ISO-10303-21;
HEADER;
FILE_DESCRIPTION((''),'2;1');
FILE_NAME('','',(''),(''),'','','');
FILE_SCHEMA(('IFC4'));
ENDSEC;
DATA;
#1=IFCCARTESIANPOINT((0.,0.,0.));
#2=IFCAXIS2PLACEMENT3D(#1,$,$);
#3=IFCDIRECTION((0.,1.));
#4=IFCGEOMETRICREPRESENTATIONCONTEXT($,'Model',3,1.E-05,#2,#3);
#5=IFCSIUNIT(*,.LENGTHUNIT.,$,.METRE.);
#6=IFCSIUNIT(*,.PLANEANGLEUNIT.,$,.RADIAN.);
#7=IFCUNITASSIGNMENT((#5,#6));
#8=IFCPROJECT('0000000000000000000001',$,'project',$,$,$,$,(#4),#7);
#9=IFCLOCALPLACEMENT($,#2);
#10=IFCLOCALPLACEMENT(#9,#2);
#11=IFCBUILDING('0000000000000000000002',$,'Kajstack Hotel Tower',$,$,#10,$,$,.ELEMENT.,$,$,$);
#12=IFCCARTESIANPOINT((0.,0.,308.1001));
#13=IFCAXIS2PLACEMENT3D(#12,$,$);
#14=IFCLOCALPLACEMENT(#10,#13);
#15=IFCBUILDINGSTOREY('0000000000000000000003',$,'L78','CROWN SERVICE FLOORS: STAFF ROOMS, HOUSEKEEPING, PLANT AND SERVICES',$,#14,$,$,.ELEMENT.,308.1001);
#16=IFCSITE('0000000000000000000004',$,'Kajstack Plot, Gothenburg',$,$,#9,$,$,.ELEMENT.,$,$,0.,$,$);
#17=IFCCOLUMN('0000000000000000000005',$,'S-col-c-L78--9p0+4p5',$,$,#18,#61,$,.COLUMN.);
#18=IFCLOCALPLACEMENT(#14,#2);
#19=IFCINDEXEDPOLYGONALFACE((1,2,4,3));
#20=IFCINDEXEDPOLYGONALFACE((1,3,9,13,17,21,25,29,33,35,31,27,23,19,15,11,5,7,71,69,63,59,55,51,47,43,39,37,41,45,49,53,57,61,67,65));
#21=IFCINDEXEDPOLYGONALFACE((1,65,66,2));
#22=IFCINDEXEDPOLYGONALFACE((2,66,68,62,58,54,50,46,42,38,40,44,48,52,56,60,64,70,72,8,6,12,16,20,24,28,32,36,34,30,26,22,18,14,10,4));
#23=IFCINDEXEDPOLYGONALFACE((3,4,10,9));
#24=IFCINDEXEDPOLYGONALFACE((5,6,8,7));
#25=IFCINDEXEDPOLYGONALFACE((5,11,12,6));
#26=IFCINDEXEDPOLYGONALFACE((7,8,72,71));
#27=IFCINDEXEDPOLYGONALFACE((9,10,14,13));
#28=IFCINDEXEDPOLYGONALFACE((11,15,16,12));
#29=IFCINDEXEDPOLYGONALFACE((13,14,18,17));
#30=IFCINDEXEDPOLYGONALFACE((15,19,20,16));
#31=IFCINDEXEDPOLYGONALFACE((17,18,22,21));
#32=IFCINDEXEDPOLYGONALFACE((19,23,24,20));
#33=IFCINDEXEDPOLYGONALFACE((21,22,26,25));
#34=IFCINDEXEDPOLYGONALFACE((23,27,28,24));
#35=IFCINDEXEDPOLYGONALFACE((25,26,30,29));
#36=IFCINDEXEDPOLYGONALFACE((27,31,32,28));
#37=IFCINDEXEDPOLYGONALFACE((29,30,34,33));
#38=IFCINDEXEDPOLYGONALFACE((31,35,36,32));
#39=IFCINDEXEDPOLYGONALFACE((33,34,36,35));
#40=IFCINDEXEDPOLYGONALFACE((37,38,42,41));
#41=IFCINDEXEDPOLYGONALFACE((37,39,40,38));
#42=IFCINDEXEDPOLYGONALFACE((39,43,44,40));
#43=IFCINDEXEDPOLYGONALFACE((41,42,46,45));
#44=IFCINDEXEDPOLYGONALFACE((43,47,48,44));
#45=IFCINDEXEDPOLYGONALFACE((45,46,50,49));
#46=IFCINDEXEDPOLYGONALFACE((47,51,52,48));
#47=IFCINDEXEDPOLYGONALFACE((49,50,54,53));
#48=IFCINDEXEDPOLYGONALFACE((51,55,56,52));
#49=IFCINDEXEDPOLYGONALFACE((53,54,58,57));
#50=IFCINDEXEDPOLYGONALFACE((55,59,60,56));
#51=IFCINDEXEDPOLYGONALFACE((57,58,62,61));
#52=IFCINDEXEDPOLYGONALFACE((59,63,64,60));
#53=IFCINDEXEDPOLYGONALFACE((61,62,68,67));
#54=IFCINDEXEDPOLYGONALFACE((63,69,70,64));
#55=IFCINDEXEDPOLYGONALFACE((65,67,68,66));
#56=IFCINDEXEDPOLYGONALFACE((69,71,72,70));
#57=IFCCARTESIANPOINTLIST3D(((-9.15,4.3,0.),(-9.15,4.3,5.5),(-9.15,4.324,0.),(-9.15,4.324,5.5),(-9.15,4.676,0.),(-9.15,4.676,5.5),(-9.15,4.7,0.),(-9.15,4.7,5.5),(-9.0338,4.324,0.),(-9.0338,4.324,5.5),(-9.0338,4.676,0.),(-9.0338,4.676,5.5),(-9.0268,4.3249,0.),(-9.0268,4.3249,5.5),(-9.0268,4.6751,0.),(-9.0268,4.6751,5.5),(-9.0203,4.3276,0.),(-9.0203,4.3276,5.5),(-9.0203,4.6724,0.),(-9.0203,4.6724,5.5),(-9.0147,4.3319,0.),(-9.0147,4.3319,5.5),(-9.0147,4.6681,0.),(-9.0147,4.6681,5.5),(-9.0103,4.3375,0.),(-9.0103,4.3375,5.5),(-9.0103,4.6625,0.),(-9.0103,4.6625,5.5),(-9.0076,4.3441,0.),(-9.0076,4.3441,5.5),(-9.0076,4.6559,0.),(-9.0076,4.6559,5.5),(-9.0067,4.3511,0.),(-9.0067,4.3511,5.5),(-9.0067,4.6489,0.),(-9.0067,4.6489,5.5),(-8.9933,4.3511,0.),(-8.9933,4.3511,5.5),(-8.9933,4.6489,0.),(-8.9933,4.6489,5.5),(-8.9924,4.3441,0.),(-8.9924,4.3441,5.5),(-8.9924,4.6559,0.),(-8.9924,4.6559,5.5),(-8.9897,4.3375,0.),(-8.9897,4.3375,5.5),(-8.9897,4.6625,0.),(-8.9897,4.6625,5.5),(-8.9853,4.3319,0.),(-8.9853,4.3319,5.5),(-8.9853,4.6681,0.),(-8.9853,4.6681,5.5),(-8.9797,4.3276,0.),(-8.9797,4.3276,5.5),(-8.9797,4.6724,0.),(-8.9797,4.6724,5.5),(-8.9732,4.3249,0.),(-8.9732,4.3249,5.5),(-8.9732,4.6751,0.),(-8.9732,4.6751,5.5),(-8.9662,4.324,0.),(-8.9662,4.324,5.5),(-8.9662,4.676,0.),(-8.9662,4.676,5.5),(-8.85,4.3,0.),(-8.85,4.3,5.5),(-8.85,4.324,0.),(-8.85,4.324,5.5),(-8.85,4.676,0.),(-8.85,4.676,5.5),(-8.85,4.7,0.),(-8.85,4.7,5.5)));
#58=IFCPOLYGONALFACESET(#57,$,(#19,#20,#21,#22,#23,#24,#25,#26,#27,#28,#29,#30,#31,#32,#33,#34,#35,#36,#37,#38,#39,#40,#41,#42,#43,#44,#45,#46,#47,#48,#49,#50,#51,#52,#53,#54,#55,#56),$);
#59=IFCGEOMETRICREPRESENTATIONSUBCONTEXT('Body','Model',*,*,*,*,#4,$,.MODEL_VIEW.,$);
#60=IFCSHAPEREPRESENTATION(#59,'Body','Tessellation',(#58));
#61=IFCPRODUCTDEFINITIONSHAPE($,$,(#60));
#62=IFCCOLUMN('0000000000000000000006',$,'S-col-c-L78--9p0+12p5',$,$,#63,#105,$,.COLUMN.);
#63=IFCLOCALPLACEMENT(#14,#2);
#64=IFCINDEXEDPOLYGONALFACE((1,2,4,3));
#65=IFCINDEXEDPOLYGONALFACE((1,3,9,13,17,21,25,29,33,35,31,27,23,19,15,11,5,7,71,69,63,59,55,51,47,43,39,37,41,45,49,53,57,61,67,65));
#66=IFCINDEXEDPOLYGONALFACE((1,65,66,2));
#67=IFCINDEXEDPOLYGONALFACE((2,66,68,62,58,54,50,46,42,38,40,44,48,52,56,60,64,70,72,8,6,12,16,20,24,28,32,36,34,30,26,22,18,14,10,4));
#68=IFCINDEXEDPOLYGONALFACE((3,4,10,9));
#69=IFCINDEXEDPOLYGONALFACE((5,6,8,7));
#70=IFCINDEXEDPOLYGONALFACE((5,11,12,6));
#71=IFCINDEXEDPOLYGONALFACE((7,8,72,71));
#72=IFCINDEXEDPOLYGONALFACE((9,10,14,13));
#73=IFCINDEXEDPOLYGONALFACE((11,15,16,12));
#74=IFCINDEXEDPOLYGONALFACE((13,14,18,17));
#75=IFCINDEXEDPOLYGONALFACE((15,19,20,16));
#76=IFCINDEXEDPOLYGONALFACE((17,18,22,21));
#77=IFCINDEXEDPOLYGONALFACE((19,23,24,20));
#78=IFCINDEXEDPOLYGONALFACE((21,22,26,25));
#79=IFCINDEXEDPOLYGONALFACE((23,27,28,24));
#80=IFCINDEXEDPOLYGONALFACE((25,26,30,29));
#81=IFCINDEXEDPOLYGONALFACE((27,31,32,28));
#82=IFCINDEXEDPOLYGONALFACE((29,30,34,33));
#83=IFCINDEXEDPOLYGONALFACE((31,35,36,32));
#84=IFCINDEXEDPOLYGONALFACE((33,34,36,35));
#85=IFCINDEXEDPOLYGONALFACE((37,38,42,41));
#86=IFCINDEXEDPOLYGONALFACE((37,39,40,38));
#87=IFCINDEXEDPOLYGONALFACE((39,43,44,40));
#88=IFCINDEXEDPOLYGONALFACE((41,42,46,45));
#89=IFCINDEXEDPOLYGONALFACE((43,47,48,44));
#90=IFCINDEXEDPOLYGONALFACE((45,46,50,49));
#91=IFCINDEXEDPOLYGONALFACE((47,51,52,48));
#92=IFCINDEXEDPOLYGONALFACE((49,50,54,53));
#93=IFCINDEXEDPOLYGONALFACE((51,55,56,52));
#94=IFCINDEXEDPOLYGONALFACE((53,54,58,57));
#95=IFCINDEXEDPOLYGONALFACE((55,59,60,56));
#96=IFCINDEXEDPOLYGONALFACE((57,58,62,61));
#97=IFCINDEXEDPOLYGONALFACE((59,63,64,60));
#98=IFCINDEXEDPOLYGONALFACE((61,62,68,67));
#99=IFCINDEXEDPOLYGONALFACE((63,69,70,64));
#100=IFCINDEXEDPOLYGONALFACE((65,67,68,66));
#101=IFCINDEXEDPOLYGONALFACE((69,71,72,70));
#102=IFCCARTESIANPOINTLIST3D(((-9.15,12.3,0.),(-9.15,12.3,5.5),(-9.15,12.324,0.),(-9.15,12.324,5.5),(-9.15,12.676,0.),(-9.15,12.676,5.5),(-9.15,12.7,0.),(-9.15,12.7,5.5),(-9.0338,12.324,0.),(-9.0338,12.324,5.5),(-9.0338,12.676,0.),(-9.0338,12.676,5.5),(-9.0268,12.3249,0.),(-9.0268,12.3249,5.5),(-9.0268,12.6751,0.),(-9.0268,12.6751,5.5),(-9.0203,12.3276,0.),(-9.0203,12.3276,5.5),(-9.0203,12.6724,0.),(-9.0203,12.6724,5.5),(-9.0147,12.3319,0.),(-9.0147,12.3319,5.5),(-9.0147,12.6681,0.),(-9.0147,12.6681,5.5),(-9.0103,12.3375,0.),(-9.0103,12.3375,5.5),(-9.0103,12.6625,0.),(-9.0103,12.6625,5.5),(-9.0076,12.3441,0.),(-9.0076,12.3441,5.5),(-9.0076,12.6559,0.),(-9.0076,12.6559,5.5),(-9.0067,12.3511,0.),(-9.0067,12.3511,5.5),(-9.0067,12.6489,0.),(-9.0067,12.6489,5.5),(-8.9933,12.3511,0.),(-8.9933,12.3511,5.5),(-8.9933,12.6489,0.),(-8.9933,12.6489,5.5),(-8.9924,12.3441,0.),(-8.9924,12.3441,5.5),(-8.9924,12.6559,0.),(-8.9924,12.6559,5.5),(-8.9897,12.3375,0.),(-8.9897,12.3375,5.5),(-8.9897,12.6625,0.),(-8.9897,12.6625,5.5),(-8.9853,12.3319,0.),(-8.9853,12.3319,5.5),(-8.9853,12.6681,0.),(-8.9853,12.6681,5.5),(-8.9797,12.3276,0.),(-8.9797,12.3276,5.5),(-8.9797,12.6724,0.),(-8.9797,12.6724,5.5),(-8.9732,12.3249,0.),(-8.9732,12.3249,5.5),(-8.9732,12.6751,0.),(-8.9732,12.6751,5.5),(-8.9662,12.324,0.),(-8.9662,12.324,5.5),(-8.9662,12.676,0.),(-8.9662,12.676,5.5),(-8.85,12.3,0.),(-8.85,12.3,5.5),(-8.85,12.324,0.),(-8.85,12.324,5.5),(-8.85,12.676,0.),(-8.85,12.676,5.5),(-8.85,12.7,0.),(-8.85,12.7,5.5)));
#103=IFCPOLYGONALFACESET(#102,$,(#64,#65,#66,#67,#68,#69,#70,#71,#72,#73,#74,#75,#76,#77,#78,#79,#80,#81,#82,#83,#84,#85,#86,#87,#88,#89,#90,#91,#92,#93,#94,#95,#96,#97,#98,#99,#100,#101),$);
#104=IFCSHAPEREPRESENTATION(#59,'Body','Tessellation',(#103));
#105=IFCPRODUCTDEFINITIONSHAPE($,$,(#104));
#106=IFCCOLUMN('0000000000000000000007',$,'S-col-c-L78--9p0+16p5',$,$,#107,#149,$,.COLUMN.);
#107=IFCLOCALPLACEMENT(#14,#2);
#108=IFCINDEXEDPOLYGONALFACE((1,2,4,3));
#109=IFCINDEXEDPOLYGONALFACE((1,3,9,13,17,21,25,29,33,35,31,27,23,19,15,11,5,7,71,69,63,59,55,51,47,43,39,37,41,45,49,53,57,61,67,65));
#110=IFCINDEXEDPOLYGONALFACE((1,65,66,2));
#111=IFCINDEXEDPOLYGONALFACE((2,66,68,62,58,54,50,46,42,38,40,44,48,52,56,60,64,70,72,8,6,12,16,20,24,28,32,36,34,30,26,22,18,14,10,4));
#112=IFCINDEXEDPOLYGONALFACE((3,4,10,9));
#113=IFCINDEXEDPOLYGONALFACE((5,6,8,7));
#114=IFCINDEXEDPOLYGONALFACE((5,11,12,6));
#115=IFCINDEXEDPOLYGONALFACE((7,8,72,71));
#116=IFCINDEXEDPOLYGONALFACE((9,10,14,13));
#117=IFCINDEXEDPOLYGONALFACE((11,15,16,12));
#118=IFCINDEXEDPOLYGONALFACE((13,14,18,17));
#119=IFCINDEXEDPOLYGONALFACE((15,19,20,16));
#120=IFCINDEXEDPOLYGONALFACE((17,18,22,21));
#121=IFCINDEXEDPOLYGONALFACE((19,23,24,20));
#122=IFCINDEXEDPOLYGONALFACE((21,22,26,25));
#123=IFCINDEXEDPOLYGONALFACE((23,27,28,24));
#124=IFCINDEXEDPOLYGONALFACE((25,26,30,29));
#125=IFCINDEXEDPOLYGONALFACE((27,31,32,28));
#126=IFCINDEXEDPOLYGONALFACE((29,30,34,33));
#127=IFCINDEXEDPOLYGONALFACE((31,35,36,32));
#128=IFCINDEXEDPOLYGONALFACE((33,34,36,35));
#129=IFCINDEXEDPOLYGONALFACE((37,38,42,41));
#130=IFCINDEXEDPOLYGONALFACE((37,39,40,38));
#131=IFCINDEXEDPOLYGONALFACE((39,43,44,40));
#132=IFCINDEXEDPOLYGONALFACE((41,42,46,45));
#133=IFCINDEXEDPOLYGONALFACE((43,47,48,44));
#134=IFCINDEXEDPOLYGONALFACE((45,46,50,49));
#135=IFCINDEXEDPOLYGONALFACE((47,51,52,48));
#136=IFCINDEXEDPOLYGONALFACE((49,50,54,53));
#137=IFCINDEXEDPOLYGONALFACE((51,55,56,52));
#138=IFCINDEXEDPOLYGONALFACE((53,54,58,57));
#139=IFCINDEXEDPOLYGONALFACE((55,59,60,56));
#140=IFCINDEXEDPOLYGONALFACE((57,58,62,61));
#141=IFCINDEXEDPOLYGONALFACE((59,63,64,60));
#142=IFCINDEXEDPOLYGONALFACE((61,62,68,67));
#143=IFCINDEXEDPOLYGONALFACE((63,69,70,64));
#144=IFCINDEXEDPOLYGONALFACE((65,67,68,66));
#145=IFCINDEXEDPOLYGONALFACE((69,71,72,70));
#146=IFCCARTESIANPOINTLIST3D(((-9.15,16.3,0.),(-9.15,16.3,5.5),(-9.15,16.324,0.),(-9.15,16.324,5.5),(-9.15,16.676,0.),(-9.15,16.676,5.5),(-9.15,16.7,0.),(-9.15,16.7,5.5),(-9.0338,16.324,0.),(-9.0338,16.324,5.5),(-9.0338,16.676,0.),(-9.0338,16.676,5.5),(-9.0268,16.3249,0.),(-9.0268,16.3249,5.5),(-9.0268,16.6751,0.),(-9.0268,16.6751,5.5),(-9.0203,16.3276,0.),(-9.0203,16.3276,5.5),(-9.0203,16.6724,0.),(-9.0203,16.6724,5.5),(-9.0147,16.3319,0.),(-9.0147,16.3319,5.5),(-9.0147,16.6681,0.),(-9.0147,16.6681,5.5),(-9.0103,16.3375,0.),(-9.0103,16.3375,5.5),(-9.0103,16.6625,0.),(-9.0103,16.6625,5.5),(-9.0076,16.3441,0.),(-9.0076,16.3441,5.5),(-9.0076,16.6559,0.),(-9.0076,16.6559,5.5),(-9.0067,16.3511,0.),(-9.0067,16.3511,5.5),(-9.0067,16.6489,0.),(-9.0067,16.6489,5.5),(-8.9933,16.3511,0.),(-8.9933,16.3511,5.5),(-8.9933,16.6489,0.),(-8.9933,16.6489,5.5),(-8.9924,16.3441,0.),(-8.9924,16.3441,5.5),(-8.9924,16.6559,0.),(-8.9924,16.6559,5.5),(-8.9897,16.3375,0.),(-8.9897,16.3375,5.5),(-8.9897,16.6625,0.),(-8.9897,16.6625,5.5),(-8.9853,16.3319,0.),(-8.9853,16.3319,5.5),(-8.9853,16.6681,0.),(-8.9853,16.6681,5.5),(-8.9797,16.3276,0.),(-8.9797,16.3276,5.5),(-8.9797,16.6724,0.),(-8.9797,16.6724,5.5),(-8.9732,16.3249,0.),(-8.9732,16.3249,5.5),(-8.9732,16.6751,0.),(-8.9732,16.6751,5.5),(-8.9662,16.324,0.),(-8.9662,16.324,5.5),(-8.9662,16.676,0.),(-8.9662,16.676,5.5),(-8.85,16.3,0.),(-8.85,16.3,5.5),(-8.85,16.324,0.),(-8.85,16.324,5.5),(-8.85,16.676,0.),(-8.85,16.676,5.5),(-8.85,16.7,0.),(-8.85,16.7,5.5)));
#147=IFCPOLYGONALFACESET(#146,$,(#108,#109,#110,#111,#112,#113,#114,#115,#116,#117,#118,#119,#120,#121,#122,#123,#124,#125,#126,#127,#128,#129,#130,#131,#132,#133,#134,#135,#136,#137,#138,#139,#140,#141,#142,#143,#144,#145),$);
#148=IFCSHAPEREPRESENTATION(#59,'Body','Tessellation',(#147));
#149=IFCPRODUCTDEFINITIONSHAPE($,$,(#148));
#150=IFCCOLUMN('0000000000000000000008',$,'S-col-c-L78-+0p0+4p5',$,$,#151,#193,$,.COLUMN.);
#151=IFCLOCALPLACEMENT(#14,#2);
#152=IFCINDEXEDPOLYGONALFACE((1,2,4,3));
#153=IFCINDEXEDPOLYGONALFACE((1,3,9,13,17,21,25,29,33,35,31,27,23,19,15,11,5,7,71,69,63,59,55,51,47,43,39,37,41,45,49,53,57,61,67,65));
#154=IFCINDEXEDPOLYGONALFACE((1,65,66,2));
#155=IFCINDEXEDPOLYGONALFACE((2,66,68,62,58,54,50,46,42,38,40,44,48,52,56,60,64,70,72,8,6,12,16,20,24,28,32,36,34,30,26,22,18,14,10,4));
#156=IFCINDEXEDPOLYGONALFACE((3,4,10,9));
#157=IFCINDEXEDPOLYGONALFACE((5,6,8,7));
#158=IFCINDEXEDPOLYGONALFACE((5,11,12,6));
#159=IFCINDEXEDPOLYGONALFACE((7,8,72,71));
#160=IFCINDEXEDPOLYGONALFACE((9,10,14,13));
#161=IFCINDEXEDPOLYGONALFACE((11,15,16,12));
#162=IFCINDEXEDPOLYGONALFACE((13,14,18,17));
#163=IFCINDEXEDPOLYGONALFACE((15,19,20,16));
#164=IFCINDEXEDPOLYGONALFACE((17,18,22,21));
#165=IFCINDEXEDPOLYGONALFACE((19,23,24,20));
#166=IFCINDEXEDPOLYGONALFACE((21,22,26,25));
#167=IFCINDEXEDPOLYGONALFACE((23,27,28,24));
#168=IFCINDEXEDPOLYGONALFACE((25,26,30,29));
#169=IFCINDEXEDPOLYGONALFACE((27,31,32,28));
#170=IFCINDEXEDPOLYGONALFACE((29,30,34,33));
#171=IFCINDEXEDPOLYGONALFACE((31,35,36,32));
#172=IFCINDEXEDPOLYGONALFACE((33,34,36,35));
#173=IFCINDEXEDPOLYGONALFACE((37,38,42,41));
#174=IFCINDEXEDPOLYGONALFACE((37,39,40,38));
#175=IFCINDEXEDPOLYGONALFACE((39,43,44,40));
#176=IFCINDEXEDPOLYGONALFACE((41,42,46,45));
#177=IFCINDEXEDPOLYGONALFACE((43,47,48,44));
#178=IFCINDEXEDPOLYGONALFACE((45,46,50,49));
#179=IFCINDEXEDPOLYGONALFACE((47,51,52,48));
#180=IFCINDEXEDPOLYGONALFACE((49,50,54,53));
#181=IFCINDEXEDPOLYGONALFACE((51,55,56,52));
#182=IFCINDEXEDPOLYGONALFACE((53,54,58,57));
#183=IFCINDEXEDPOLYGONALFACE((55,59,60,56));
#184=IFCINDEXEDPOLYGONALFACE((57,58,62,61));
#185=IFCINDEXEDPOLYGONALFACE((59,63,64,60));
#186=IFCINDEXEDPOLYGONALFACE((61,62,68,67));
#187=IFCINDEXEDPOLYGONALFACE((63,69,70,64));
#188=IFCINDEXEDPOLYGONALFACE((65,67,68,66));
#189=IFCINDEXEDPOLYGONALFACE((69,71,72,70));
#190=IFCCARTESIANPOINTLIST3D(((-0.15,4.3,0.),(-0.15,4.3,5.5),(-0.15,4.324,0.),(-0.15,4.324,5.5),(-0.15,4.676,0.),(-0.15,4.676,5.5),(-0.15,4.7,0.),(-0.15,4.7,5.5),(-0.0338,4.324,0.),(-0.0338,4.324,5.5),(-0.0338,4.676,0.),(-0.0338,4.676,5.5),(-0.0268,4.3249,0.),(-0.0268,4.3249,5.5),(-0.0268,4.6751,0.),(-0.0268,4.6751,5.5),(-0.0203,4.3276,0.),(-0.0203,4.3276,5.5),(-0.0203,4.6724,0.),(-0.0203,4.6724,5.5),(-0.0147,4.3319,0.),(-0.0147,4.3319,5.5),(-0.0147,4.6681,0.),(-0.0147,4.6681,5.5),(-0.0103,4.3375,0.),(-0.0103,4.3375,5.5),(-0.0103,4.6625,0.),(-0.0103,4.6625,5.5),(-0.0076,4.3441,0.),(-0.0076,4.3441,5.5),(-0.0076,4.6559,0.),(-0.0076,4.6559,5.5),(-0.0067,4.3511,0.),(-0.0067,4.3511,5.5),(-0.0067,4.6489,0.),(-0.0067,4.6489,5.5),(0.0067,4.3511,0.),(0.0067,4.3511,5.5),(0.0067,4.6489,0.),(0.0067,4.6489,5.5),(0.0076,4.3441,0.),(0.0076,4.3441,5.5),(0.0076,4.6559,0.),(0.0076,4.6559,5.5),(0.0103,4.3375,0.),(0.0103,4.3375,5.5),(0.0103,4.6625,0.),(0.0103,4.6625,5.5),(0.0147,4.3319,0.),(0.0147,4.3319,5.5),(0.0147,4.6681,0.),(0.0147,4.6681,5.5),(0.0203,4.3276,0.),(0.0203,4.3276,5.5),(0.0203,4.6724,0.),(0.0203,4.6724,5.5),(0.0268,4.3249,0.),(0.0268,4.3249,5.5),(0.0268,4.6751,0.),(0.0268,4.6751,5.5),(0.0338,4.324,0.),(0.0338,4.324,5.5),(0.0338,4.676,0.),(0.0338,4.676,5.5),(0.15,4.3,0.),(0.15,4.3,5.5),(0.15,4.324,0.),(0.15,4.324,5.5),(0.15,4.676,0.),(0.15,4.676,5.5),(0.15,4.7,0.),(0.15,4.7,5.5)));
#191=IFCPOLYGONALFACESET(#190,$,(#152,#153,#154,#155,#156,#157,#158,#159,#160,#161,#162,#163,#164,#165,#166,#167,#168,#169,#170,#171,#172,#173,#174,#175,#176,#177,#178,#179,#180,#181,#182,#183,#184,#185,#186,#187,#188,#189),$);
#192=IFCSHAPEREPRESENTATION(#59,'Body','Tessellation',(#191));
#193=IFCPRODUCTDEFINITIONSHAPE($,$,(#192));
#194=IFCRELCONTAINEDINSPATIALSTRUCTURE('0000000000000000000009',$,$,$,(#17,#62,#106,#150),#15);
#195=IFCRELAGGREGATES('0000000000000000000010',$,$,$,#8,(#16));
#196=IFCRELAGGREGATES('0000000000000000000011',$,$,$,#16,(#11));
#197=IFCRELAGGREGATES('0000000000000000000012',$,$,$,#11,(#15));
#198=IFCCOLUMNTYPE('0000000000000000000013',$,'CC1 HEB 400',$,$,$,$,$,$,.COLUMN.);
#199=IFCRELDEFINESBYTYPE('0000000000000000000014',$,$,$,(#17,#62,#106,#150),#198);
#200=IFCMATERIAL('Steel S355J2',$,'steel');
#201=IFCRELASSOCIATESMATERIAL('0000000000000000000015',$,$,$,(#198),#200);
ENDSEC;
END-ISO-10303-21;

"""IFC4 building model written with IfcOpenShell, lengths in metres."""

from ifc_helpers import new_model, si_unit, direction, frame, origin, origin_2d, place, context, subcontext, project, spatial, i_section, extrude, material, material_profile, profile_set, type_object, element, save


model = new_model("IFC4")

# Units and contexts
model_context = context("Model", 3, precision=1e-05, world=origin(), true_north=direction((0.0, 1.0)))
body_context = subcontext(model_context, "Body", "Model", "MODEL_VIEW")
ifc_project = project(units=[si_unit("LENGTHUNIT", "METRE"), si_unit("PLANEANGLEUNIT", "RADIAN")], contexts=[model_context])

# Site, building, storey
site_placement = place(None, origin())
site = spatial("IfcSite", under=ifc_project, at=site_placement, Name="Kajstack Plot, Gothenburg", CompositionType="ELEMENT", RefElevation=0.0)
building_placement = place(site_placement, origin())
building = spatial("IfcBuilding", under=site, at=building_placement, Name="Kajstack Hotel Tower", CompositionType="ELEMENT")
storey_placement = place(building_placement, frame((0.0, 0.0, 308.1001)))
storey = spatial("IfcBuildingStorey", under=building, at=storey_placement, Name="L78", Description="CROWN SERVICE FLOORS: STAFF ROOMS, HOUSEKEEPING, PLANT AND SERVICES", CompositionType="ELEMENT", Elevation=308.1001)

# Columns
ifc_material_1 = material(Name="Steel S355J2", Category="steel")
ifc_material_profile_1 = material_profile(ifc_material_1, i_section(OverallWidth=0.3, OverallDepth=0.3999, WebThickness=0.0134, FlangeThickness=0.0239, FilletRadius=0.0271, at=origin_2d()), Name="HEB 400")
ifc_profile_set_1 = profile_set([ifc_material_profile_1], Name="Steel S355J2")
column_type = type_object("IfcColumnType", Name="CC1 HEB 400", PredefinedType="COLUMN", material=ifc_profile_set_1)
for number, where, z_axis, x_axis, name in (
    (1, (-9.0, 4.5, 0.0), (0.0, 0.0, 1.0), (1.0, 0.0, 0.0), "S-col-c-L78--9p0+4p5"),
    (2, (-9.0, 12.5, 0.0), (0.0, 0.0, 1.0), (1.0, 0.0, 0.0), "S-col-c-L78--9p0+12p5"),
    (3, (-9.0, 16.5, 0.0), (0.0, 0.0, 1.0), (1.0, 0.0, 0.0), "S-col-c-L78--9p0+16p5"),
    (4, (0.0, 4.5, 0.0), (0.0, 0.0, 1.0), (1.0, 0.0, 0.0), "S-col-c-L78-+0p0+4p5"),
):
    element("IfcColumn", number, at=place(storey_placement, frame(where, z_axis=z_axis, x_axis=x_axis)), inside=storey, type_object=column_type, Name=name, PredefinedType="COLUMN", context=body_context, shape_type="SweptSolid", body=[
        extrude(i_section(OverallWidth=0.3, OverallDepth=0.3999, WebThickness=0.0134, FlangeThickness=0.0239, FilletRadius=0.0271, at=origin_2d()), origin(), (0.0, 0.0, 1.0), 5.5),
    ])

save(model, "model.ifc")
